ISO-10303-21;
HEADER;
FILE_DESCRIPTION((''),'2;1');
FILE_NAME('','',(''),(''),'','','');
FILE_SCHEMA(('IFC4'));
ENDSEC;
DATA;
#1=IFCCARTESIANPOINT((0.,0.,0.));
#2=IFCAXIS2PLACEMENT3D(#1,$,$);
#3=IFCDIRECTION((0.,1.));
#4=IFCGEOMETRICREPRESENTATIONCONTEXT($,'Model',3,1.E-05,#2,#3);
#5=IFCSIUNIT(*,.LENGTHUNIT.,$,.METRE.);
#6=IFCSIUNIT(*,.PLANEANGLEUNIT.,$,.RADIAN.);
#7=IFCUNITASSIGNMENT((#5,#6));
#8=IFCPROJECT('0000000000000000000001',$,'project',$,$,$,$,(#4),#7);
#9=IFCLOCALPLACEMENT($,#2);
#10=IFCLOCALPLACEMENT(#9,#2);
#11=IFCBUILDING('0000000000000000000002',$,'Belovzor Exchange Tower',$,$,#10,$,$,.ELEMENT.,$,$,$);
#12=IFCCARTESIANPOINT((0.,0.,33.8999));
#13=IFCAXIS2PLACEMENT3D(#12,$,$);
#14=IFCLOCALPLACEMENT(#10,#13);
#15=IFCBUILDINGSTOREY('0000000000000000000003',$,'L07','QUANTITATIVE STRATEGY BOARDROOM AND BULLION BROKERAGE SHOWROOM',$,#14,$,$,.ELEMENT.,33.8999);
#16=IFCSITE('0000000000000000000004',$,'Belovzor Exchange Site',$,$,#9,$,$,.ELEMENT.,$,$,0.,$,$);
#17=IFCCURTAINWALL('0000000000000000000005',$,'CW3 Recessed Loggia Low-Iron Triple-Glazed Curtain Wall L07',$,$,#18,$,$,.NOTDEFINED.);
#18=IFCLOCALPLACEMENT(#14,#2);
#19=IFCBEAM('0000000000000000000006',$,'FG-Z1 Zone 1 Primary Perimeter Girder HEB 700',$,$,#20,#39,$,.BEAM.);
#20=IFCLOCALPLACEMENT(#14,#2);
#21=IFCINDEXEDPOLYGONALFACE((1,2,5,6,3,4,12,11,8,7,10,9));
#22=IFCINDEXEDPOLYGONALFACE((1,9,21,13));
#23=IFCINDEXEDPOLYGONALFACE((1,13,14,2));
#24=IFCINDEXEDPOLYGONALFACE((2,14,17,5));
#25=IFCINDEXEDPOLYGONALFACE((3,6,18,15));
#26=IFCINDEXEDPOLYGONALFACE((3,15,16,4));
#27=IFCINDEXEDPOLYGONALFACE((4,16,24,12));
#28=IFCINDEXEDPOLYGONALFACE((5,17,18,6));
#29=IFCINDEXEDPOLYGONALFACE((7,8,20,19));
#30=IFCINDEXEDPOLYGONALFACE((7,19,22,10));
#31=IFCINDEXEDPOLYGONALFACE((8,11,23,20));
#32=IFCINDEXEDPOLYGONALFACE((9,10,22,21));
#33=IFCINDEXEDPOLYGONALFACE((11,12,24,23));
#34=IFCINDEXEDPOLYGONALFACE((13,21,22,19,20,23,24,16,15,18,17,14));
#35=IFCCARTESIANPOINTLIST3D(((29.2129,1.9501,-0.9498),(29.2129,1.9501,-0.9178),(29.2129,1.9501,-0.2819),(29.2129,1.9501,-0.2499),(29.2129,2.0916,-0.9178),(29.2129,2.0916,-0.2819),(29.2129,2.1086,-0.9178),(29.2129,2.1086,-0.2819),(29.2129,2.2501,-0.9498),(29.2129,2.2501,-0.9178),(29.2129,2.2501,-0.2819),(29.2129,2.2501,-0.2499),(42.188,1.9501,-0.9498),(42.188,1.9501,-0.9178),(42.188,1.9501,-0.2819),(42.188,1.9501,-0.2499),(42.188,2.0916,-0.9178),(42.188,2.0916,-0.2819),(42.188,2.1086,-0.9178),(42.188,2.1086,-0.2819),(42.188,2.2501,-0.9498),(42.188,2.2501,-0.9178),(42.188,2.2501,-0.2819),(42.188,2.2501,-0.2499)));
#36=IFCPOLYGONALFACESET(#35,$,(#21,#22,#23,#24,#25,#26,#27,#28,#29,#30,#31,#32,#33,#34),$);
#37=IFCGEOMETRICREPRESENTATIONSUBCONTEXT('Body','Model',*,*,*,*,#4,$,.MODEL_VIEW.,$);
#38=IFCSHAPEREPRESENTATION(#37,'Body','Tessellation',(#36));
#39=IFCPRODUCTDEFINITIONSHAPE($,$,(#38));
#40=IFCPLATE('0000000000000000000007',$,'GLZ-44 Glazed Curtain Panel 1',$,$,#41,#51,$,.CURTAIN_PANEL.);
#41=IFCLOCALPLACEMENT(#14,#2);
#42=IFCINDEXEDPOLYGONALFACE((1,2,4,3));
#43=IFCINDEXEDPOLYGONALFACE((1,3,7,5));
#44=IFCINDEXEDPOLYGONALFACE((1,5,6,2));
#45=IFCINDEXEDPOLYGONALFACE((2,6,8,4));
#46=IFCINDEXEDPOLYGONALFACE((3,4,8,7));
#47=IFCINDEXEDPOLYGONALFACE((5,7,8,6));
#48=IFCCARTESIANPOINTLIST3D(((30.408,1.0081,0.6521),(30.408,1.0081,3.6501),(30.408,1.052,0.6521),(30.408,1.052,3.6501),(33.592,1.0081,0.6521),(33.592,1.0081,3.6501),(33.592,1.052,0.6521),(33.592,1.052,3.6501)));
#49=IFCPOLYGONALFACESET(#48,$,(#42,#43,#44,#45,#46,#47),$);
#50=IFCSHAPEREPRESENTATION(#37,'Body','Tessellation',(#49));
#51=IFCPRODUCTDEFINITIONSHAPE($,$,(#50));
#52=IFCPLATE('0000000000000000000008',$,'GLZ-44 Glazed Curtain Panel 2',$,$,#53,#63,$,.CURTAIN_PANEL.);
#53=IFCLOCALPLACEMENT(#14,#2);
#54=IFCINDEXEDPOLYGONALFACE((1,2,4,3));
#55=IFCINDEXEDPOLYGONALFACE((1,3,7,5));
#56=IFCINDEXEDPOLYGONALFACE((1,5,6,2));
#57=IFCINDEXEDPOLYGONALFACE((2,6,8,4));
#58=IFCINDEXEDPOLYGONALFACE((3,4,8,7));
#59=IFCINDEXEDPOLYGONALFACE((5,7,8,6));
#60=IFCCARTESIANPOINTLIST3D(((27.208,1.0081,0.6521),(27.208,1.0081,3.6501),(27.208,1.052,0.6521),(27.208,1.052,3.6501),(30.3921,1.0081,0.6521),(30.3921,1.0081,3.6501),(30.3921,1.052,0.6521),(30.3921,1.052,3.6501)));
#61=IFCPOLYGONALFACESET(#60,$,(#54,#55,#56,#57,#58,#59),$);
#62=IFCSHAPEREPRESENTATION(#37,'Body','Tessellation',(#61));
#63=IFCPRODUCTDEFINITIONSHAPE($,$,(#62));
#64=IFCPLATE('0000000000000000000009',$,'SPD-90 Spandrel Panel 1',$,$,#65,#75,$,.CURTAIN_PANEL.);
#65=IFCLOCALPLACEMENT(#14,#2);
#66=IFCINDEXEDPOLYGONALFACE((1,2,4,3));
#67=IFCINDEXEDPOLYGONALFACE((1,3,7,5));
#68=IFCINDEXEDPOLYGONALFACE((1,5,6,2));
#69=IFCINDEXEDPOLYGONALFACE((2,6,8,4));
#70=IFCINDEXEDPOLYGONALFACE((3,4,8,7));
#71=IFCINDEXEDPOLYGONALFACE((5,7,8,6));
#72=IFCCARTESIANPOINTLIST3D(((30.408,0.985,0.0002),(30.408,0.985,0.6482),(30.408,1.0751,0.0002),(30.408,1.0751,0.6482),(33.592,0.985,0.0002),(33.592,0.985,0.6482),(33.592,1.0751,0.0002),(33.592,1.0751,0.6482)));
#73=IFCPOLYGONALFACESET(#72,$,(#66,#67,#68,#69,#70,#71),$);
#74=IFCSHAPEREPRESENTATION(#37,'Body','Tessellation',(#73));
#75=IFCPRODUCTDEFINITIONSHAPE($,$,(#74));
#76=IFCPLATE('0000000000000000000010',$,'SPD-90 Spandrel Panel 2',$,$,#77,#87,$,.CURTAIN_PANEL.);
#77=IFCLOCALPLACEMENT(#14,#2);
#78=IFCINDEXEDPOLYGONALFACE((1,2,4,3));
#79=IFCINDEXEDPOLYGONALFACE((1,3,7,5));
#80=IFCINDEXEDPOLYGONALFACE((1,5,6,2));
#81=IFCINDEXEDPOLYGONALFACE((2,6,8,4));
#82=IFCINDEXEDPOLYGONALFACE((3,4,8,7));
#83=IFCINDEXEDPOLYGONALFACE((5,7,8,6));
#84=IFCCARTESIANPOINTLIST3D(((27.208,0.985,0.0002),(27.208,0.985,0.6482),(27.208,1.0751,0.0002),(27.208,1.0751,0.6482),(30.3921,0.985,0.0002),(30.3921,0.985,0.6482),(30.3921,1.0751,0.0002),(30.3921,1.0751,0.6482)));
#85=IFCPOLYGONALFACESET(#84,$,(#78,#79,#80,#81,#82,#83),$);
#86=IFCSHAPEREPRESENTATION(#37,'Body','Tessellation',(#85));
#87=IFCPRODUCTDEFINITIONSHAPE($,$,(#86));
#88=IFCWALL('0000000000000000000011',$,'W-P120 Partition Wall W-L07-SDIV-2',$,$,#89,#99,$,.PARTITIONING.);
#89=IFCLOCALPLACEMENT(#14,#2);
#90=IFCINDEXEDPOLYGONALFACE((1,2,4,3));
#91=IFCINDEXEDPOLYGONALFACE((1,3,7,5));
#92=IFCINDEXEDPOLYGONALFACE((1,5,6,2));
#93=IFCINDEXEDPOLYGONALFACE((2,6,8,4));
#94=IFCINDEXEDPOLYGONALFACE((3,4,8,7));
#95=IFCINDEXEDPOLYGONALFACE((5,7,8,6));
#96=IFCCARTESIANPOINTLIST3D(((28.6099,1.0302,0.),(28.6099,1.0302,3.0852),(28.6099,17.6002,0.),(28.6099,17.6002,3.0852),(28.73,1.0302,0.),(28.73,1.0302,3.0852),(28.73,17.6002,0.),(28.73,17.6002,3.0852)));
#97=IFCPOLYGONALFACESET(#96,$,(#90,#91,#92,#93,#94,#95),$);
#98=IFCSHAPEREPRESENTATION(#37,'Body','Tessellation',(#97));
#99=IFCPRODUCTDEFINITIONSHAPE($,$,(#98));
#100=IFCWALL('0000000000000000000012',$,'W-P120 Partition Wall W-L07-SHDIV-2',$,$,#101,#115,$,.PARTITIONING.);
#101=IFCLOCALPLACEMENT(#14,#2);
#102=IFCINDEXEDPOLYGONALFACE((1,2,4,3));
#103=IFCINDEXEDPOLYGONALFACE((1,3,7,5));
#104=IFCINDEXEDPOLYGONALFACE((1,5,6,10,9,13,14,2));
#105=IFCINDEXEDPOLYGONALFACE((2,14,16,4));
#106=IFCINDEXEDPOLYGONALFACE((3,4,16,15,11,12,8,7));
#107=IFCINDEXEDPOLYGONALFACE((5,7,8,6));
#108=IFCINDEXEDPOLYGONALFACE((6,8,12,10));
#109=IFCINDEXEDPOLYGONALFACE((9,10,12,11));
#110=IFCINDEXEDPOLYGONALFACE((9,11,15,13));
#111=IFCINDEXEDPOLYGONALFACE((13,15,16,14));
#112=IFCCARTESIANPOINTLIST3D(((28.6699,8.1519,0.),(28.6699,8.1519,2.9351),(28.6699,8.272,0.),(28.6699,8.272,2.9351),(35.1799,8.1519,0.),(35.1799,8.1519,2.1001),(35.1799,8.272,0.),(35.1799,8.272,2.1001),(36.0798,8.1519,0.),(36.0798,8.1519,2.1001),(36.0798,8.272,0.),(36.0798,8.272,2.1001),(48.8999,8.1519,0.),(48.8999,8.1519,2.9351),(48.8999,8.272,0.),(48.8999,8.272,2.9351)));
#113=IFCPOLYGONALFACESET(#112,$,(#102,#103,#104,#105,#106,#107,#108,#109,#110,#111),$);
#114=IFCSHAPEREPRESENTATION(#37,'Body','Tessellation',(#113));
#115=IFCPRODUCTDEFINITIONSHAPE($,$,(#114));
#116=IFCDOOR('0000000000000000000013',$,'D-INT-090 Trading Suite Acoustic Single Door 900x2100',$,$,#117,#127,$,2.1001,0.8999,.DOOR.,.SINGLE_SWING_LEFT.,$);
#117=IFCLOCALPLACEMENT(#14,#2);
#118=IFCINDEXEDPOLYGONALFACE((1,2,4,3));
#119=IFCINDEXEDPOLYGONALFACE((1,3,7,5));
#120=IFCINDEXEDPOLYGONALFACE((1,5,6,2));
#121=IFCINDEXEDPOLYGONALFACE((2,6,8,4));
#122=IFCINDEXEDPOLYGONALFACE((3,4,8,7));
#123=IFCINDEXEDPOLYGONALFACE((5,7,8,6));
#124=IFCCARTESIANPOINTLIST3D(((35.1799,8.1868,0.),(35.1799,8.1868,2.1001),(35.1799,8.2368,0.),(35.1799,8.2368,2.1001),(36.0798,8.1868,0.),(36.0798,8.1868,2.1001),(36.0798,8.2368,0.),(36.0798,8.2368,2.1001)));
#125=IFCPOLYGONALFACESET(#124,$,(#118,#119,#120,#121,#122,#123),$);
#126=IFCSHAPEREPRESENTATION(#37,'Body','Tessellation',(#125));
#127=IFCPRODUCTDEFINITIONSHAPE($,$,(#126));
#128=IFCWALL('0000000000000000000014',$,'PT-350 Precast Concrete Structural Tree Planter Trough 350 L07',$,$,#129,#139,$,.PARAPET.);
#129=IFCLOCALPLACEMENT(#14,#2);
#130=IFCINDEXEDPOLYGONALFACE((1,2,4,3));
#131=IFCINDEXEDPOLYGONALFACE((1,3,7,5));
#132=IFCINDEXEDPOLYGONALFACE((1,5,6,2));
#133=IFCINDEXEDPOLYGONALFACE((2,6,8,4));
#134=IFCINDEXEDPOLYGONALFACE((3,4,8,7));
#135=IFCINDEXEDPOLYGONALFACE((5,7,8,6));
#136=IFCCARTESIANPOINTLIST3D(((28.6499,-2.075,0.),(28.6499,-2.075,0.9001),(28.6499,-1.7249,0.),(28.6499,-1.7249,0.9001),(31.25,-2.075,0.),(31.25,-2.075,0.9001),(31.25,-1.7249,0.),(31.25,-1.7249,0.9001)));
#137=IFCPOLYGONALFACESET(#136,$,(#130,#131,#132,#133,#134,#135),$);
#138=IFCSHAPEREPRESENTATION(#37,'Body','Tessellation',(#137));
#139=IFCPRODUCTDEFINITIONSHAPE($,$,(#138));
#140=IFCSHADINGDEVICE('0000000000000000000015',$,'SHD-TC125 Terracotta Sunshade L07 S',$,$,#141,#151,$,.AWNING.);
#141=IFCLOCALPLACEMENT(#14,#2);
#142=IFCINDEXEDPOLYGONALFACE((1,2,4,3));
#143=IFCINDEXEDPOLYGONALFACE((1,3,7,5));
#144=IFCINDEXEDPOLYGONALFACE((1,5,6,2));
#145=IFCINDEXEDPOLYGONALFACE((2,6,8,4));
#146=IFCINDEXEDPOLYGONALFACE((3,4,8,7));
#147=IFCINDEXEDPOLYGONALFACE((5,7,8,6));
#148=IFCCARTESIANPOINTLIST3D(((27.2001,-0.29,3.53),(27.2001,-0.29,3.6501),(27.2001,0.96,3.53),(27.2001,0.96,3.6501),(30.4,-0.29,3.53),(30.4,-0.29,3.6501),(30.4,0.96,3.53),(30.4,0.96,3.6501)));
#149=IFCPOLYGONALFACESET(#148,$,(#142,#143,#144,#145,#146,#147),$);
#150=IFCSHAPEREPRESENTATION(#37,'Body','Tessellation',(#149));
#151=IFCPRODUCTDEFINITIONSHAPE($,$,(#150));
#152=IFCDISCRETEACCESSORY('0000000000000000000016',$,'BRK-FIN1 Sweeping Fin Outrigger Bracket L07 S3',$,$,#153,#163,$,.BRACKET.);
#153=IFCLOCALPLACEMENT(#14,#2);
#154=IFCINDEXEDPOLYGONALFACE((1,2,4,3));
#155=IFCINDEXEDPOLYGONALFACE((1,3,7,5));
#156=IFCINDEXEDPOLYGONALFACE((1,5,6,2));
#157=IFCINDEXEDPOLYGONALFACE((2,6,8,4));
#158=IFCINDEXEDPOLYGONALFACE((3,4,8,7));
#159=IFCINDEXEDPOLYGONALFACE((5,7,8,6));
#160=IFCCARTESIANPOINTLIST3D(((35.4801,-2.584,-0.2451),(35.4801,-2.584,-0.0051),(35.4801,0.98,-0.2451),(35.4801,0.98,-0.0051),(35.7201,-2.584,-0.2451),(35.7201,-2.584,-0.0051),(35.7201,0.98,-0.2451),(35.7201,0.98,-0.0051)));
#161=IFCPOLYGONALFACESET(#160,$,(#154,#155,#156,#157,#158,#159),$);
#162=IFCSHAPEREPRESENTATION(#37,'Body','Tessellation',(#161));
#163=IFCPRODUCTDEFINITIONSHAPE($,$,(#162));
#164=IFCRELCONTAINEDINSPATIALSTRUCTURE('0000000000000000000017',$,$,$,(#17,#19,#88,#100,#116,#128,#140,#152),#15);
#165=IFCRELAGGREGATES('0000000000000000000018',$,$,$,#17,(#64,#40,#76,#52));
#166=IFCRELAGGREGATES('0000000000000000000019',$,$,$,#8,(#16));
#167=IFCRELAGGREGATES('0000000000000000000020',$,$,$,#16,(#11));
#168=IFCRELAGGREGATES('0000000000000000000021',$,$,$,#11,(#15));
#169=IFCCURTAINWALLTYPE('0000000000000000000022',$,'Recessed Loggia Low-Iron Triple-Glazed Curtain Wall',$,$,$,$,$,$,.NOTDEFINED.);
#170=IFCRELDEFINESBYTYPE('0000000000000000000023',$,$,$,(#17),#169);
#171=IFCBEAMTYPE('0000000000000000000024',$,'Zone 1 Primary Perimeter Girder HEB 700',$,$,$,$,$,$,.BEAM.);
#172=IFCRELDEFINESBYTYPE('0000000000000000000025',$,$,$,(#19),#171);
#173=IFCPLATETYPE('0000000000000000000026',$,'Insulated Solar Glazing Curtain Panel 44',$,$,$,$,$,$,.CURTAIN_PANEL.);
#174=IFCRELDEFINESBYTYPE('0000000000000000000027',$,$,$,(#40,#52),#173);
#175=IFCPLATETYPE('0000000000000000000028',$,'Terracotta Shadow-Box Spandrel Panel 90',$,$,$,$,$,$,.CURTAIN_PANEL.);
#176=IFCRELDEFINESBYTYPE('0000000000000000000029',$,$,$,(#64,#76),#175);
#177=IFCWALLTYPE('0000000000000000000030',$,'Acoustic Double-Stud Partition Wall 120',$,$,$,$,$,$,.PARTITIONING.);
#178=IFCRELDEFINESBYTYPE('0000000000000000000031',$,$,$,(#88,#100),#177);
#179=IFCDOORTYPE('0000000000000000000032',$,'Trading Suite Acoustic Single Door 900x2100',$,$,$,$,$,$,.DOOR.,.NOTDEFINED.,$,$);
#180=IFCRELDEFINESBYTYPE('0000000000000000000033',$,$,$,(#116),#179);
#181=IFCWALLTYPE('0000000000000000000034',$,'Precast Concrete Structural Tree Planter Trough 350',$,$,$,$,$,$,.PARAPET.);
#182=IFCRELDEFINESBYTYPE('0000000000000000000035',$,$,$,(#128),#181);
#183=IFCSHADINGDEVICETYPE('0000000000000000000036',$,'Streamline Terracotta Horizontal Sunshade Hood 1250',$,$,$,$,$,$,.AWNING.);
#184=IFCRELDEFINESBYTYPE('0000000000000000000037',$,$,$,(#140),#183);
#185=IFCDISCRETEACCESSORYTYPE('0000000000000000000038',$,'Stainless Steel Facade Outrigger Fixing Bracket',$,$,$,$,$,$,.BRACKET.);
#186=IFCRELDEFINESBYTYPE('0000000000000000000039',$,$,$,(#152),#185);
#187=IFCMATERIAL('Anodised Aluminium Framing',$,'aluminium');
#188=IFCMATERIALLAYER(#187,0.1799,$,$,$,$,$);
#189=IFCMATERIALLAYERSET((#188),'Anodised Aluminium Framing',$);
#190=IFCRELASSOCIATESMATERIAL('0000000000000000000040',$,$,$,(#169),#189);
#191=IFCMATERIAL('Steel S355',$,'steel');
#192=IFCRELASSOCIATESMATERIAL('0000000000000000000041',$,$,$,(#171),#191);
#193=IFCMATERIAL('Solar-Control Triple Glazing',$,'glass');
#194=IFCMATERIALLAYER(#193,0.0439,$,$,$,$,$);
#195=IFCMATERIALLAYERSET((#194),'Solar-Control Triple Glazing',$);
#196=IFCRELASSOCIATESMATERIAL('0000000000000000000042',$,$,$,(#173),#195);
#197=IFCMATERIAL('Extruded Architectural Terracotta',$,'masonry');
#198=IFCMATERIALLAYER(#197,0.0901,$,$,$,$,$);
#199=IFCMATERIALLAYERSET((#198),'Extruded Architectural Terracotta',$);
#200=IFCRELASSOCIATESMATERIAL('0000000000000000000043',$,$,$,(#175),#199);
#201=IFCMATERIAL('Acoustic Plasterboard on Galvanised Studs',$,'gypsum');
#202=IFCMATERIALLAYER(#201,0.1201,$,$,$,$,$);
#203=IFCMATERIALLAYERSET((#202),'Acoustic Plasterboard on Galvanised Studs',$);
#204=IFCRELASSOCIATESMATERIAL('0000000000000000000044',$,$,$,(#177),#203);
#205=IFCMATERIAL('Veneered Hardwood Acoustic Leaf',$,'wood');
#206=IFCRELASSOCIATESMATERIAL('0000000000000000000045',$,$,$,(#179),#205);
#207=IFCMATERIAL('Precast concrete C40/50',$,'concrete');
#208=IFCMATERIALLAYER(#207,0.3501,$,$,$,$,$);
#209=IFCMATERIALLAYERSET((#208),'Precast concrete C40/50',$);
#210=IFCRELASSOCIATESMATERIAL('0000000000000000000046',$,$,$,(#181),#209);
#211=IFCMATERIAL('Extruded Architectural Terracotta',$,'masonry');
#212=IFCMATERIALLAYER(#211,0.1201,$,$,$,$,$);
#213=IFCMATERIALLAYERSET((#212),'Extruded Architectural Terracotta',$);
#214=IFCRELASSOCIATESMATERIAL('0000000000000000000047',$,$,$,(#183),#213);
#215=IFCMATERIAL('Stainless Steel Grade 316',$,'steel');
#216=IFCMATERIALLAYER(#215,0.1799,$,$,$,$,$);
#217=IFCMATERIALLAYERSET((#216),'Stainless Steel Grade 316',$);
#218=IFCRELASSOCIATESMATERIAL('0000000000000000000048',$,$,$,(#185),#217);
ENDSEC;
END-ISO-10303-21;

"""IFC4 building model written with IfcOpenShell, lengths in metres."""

from ifc_helpers import new_model, si_unit, direction, frame, frame_2d, origin, origin_2d, place, context, subcontext, project, spatial, rectangle, i_section, extrude, material, layer, layer_set, material_profile, profile_set, type_object, element, fill, aggregate, save


model = new_model("IFC4")

# Units and contexts
model_context = context("Model", 3, precision=1e-05, world=origin(), true_north=direction((0.0, 1.0)))
body_context = subcontext(model_context, "Body", "Model", "MODEL_VIEW")
ifc_project = project(units=[si_unit("LENGTHUNIT", "METRE"), si_unit("PLANEANGLEUNIT", "RADIAN")], contexts=[model_context])

# Site, building, storey
site_placement = place(None, origin())
site = spatial("IfcSite", under=ifc_project, at=site_placement, Name="Belovzor Exchange Site", CompositionType="ELEMENT", RefElevation=0.0)
building_placement = place(site_placement, origin())
building = spatial("IfcBuilding", under=site, at=building_placement, Name="Belovzor Exchange Tower", CompositionType="ELEMENT")
storey_placement = place(building_placement, frame((0.0, 0.0, 33.8999)))
storey = spatial("IfcBuildingStorey", under=building, at=storey_placement, Name="L07", Description="QUANTITATIVE STRATEGY BOARDROOM AND BULLION BROKERAGE SHOWROOM", CompositionType="ELEMENT", Elevation=33.8999)

# Curtain wall
ifc_material_1 = material(Name="Anodised Aluminium Framing", Category="aluminium")
ifc_layer_1 = layer(ifc_material_1, 0.1799)
ifc_layer_set_1 = layer_set([ifc_layer_1], Name="Anodised Aluminium Framing")
curtain_wall_type = type_object("IfcCurtainWallType", Name="Recessed Loggia Low-Iron Triple-Glazed Curtain Wall", PredefinedType="NOTDEFINED", material=ifc_layer_set_1)
curtain_wall_placement = place(storey_placement, origin())
curtain_wall = element("IfcCurtainWall", 1, at=curtain_wall_placement, inside=storey, type_object=curtain_wall_type, Name="CW3 Recessed Loggia Low-Iron Triple-Glazed Curtain Wall L07", PredefinedType="NOTDEFINED")

# Beam
ifc_material_2 = material(Name="Steel S355", Category="steel")
ifc_material_profile_1 = material_profile(ifc_material_2, i_section(OverallWidth=0.3, OverallDepth=0.7, WebThickness=0.0171, FlangeThickness=0.032, at=origin_2d()))
ifc_profile_set_1 = profile_set([ifc_material_profile_1], Name="Steel S355")
beam_type_1 = type_object("IfcBeamType", Name="Zone 1 Primary Perimeter Girder HEB 700", PredefinedType="BEAM", material=ifc_profile_set_1)
beam_1_placement = place(storey_placement, frame((29.2129, 2.1001, -0.5999), z_axis=(1.0, 0.0, 0.0), x_axis=(0.0, 1.0, 0.0)))
element("IfcBeam", 2, at=beam_1_placement, inside=storey, type_object=beam_type_1, Name="FG-Z1 Zone 1 Primary Perimeter Girder HEB 700", PredefinedType="BEAM", context=body_context, shape_type="SweptSolid", body=[
    extrude(i_section(OverallWidth=0.3, OverallDepth=0.7, WebThickness=0.0171, FlangeThickness=0.032, at=origin_2d()), origin(), (0.0, 0.0, 1.0), 12.9751),
])

# Plates
ifc_material_3 = material(Name="Solar-Control Triple Glazing", Category="glass")
ifc_layer_2 = layer(ifc_material_3, 0.0439)
ifc_layer_set_2 = layer_set([ifc_layer_2], Name="Solar-Control Triple Glazing")
plate_type_1 = type_object("IfcPlateType", Name="Insulated Solar Glazing Curtain Panel 44", PredefinedType="CURTAIN_PANEL", material=ifc_layer_set_2)
plate_1_placement = place(storey_placement, frame((32.0, 1.03, 0.6521), z_axis=(0.0, 0.0, 1.0), x_axis=(-1.0, 0.0, 0.0)))
plate_1 = element("IfcPlate", 3, at=plate_1_placement, type_object=plate_type_1, Name="GLZ-44 Glazed Curtain Panel 1", PredefinedType="CURTAIN_PANEL", context=body_context, shape_type="SweptSolid", body=[
    extrude(rectangle(XDim=3.1841, YDim=0.0439, at=origin_2d()), origin(), (0.0, 0.0, 1.0), 2.998),
])
plate_2_placement = place(storey_placement, frame((28.8, 1.03, 0.6521), z_axis=(0.0, 0.0, 1.0), x_axis=(-1.0, 0.0, 0.0)))
plate_2 = element("IfcPlate", 4, at=plate_2_placement, type_object=plate_type_1, Name="GLZ-44 Glazed Curtain Panel 2", PredefinedType="CURTAIN_PANEL", context=body_context, shape_type="SweptSolid", body=[
    extrude(rectangle(XDim=3.1841, YDim=0.0439, at=origin_2d()), origin(), (0.0, 0.0, 1.0), 2.998),
])
ifc_material_4 = material(Name="Extruded Architectural Terracotta", Category="masonry")
ifc_layer_3 = layer(ifc_material_4, 0.0901)
ifc_layer_set_3 = layer_set([ifc_layer_3], Name="Extruded Architectural Terracotta")
plate_type_2 = type_object("IfcPlateType", Name="Terracotta Shadow-Box Spandrel Panel 90", PredefinedType="CURTAIN_PANEL", material=ifc_layer_set_3)
plate_3_placement = place(storey_placement, frame((32.0, 1.03, 0.0002), z_axis=(0.0, 0.0, 1.0), x_axis=(-1.0, 0.0, 0.0)))
plate_3 = element("IfcPlate", 5, at=plate_3_placement, type_object=plate_type_2, Name="SPD-90 Spandrel Panel 1", PredefinedType="CURTAIN_PANEL", context=body_context, shape_type="SweptSolid", body=[
    extrude(rectangle(XDim=3.1841, YDim=0.0901, at=origin_2d()), origin(), (0.0, 0.0, 1.0), 0.6479),
])
plate_4_placement = place(storey_placement, frame((28.8, 1.03, 0.0002), z_axis=(0.0, 0.0, 1.0), x_axis=(-1.0, 0.0, 0.0)))
plate_4 = element("IfcPlate", 6, at=plate_4_placement, type_object=plate_type_2, Name="SPD-90 Spandrel Panel 2", PredefinedType="CURTAIN_PANEL", context=body_context, shape_type="SweptSolid", body=[
    extrude(rectangle(XDim=3.1841, YDim=0.0901, at=origin_2d()), origin(), (0.0, 0.0, 1.0), 0.6479),
])
aggregate(curtain_wall, [plate_3, plate_1, plate_4, plate_2])

# Wall
ifc_material_5 = material(Name="Acoustic Plasterboard on Galvanised Studs", Category="gypsum")
ifc_layer_4 = layer(ifc_material_5, 0.1201)
ifc_layer_set_4 = layer_set([ifc_layer_4], Name="Acoustic Plasterboard on Galvanised Studs")
wall_type_1 = type_object("IfcWallType", Name="Acoustic Double-Stud Partition Wall 120", PredefinedType="PARTITIONING", material=ifc_layer_set_4)
wall_1_placement = place(storey_placement, frame((28.6699, 1.03, 0.0), z_axis=(0.0, 0.0, 1.0), x_axis=(0.0, 1.0, 0.0)))
element("IfcWall", 7, at=wall_1_placement, inside=storey, type_object=wall_type_1, Name="W-P120 Partition Wall W-L07-SDIV-2", PredefinedType="PARTITIONING", context=body_context, shape_type="SweptSolid", body=[
    extrude(rectangle(XDim=16.5701, YDim=0.1201, at=frame_2d((8.2852, 0.0))), origin(), (0.0, 0.0, 1.0), 3.0852),
])

# Wall, opening, door
wall_2_placement = place(storey_placement, frame((28.6699, 8.2119, 0.0), z_axis=(0.0, 0.0, 1.0), x_axis=(1.0, 0.0, 0.0)))
wall_2 = element("IfcWall", 8, at=wall_2_placement, inside=storey, type_object=wall_type_1, Name="W-P120 Partition Wall W-L07-SHDIV-2", PredefinedType="PARTITIONING", context=body_context, shape_type="SweptSolid", body=[
    extrude(rectangle(XDim=20.23, YDim=0.1201, at=frame_2d((10.115, 0.0))), origin(), (0.0, 0.0, 1.0), 2.9351),
])
opening_placement = place(wall_2_placement, frame((6.51, 0.0, 0.0)))
opening = element("IfcOpeningElement", 9, at=opening_placement, cuts=wall_2, PredefinedType="OPENING", context=body_context, shape_type="SweptSolid", body=[
    extrude(rectangle(XDim=0.8999, YDim=2.1001, at=frame_2d((0.45, 1.05))), frame((0.0, 0.0701, 0.0), z_axis=(0.0, -1.0, 0.0), x_axis=(1.0, 0.0, 0.0)), (0.0, 0.0, 1.0), 0.1401),
])
ifc_material_6 = material(Name="Veneered Hardwood Acoustic Leaf", Category="wood")
door_type = type_object("IfcDoorType", Name="Trading Suite Acoustic Single Door 900x2100", OperationType="NOTDEFINED", PredefinedType="DOOR", material=ifc_material_6)
door_placement = place(opening_placement, origin())
door = element("IfcDoor", 10, at=door_placement, inside=storey, type_object=door_type, Name="D-INT-090 Trading Suite Acoustic Single Door 900x2100", OperationType="SINGLE_SWING_LEFT", OverallHeight=2.1001, OverallWidth=0.8999, PredefinedType="DOOR", context=body_context, shape_type="SweptSolid", body=[
    extrude(rectangle(XDim=0.8999, YDim=2.1001, at=frame_2d((0.45, 1.05))), frame((0.0, 0.0249, 0.0), z_axis=(0.0, -1.0, 0.0), x_axis=(1.0, 0.0, 0.0)), (0.0, 0.0, 1.0), 0.05),
])
fill(opening, door)

# Wall
ifc_material_7 = material(Name="Precast concrete C40/50", Category="concrete")
ifc_layer_5 = layer(ifc_material_7, 0.3501)
ifc_layer_set_5 = layer_set([ifc_layer_5], Name="Precast concrete C40/50")
wall_type_2 = type_object("IfcWallType", Name="Precast Concrete Structural Tree Planter Trough 350", PredefinedType="PARAPET", material=ifc_layer_set_5)
wall_3_placement = place(storey_placement, frame((28.6499, -1.8999, 0.0), z_axis=(0.0, 0.0, 1.0), x_axis=(1.0, 0.0, 0.0)))
element("IfcWall", 11, at=wall_3_placement, inside=storey, type_object=wall_type_2, Name="PT-350 Precast Concrete Structural Tree Planter Trough 350 L07", PredefinedType="PARAPET", context=body_context, shape_type="SweptSolid", body=[
    extrude(rectangle(XDim=2.6001, YDim=0.3501, at=frame_2d((1.3, 0.0))), origin(), (0.0, 0.0, 1.0), 0.9001),
])

# Shading device
ifc_material_8 = material(Name="Extruded Architectural Terracotta", Category="masonry")
ifc_layer_6 = layer(ifc_material_8, 0.1201)
ifc_layer_set_6 = layer_set([ifc_layer_6], Name="Extruded Architectural Terracotta")
shading_device_type = type_object("IfcShadingDeviceType", Name="Streamline Terracotta Horizontal Sunshade Hood 1250", PredefinedType="AWNING", material=ifc_layer_set_6)
shading_device_placement = place(storey_placement, frame((28.8, 0.335, 3.53), z_axis=(0.0, 0.0, 1.0), x_axis=(1.0, 0.0, 0.0)))
element("IfcShadingDevice", 12, at=shading_device_placement, inside=storey, type_object=shading_device_type, Name="SHD-TC125 Terracotta Sunshade L07 S", PredefinedType="AWNING", context=body_context, shape_type="SweptSolid", body=[
    extrude(rectangle(XDim=3.2, YDim=1.25, at=origin_2d()), origin(), (0.0, 0.0, 1.0), 0.1201),
])

# Discrete accessory
ifc_material_9 = material(Name="Stainless Steel Grade 316", Category="steel")
ifc_layer_7 = layer(ifc_material_9, 0.1799)
ifc_layer_set_7 = layer_set([ifc_layer_7], Name="Stainless Steel Grade 316")
discrete_accessory_type = type_object("IfcDiscreteAccessoryType", Name="Stainless Steel Facade Outrigger Fixing Bracket", PredefinedType="BRACKET", material=ifc_layer_set_7)
discrete_accessory_placement = place(storey_placement, frame((35.6001, -0.802, -0.2451), z_axis=(0.0, 0.0, 1.0), x_axis=(0.0, 1.0, 0.0)))
element("IfcDiscreteAccessory", 13, at=discrete_accessory_placement, inside=storey, type_object=discrete_accessory_type, Name="BRK-FIN1 Sweeping Fin Outrigger Bracket L07 S3", PredefinedType="BRACKET", context=body_context, shape_type="SweptSolid", body=[
    extrude(rectangle(XDim=3.564, YDim=0.24, at=origin_2d()), origin(), (0.0, 0.0, 1.0), 0.24),
])

save(model, "model.ifc")
